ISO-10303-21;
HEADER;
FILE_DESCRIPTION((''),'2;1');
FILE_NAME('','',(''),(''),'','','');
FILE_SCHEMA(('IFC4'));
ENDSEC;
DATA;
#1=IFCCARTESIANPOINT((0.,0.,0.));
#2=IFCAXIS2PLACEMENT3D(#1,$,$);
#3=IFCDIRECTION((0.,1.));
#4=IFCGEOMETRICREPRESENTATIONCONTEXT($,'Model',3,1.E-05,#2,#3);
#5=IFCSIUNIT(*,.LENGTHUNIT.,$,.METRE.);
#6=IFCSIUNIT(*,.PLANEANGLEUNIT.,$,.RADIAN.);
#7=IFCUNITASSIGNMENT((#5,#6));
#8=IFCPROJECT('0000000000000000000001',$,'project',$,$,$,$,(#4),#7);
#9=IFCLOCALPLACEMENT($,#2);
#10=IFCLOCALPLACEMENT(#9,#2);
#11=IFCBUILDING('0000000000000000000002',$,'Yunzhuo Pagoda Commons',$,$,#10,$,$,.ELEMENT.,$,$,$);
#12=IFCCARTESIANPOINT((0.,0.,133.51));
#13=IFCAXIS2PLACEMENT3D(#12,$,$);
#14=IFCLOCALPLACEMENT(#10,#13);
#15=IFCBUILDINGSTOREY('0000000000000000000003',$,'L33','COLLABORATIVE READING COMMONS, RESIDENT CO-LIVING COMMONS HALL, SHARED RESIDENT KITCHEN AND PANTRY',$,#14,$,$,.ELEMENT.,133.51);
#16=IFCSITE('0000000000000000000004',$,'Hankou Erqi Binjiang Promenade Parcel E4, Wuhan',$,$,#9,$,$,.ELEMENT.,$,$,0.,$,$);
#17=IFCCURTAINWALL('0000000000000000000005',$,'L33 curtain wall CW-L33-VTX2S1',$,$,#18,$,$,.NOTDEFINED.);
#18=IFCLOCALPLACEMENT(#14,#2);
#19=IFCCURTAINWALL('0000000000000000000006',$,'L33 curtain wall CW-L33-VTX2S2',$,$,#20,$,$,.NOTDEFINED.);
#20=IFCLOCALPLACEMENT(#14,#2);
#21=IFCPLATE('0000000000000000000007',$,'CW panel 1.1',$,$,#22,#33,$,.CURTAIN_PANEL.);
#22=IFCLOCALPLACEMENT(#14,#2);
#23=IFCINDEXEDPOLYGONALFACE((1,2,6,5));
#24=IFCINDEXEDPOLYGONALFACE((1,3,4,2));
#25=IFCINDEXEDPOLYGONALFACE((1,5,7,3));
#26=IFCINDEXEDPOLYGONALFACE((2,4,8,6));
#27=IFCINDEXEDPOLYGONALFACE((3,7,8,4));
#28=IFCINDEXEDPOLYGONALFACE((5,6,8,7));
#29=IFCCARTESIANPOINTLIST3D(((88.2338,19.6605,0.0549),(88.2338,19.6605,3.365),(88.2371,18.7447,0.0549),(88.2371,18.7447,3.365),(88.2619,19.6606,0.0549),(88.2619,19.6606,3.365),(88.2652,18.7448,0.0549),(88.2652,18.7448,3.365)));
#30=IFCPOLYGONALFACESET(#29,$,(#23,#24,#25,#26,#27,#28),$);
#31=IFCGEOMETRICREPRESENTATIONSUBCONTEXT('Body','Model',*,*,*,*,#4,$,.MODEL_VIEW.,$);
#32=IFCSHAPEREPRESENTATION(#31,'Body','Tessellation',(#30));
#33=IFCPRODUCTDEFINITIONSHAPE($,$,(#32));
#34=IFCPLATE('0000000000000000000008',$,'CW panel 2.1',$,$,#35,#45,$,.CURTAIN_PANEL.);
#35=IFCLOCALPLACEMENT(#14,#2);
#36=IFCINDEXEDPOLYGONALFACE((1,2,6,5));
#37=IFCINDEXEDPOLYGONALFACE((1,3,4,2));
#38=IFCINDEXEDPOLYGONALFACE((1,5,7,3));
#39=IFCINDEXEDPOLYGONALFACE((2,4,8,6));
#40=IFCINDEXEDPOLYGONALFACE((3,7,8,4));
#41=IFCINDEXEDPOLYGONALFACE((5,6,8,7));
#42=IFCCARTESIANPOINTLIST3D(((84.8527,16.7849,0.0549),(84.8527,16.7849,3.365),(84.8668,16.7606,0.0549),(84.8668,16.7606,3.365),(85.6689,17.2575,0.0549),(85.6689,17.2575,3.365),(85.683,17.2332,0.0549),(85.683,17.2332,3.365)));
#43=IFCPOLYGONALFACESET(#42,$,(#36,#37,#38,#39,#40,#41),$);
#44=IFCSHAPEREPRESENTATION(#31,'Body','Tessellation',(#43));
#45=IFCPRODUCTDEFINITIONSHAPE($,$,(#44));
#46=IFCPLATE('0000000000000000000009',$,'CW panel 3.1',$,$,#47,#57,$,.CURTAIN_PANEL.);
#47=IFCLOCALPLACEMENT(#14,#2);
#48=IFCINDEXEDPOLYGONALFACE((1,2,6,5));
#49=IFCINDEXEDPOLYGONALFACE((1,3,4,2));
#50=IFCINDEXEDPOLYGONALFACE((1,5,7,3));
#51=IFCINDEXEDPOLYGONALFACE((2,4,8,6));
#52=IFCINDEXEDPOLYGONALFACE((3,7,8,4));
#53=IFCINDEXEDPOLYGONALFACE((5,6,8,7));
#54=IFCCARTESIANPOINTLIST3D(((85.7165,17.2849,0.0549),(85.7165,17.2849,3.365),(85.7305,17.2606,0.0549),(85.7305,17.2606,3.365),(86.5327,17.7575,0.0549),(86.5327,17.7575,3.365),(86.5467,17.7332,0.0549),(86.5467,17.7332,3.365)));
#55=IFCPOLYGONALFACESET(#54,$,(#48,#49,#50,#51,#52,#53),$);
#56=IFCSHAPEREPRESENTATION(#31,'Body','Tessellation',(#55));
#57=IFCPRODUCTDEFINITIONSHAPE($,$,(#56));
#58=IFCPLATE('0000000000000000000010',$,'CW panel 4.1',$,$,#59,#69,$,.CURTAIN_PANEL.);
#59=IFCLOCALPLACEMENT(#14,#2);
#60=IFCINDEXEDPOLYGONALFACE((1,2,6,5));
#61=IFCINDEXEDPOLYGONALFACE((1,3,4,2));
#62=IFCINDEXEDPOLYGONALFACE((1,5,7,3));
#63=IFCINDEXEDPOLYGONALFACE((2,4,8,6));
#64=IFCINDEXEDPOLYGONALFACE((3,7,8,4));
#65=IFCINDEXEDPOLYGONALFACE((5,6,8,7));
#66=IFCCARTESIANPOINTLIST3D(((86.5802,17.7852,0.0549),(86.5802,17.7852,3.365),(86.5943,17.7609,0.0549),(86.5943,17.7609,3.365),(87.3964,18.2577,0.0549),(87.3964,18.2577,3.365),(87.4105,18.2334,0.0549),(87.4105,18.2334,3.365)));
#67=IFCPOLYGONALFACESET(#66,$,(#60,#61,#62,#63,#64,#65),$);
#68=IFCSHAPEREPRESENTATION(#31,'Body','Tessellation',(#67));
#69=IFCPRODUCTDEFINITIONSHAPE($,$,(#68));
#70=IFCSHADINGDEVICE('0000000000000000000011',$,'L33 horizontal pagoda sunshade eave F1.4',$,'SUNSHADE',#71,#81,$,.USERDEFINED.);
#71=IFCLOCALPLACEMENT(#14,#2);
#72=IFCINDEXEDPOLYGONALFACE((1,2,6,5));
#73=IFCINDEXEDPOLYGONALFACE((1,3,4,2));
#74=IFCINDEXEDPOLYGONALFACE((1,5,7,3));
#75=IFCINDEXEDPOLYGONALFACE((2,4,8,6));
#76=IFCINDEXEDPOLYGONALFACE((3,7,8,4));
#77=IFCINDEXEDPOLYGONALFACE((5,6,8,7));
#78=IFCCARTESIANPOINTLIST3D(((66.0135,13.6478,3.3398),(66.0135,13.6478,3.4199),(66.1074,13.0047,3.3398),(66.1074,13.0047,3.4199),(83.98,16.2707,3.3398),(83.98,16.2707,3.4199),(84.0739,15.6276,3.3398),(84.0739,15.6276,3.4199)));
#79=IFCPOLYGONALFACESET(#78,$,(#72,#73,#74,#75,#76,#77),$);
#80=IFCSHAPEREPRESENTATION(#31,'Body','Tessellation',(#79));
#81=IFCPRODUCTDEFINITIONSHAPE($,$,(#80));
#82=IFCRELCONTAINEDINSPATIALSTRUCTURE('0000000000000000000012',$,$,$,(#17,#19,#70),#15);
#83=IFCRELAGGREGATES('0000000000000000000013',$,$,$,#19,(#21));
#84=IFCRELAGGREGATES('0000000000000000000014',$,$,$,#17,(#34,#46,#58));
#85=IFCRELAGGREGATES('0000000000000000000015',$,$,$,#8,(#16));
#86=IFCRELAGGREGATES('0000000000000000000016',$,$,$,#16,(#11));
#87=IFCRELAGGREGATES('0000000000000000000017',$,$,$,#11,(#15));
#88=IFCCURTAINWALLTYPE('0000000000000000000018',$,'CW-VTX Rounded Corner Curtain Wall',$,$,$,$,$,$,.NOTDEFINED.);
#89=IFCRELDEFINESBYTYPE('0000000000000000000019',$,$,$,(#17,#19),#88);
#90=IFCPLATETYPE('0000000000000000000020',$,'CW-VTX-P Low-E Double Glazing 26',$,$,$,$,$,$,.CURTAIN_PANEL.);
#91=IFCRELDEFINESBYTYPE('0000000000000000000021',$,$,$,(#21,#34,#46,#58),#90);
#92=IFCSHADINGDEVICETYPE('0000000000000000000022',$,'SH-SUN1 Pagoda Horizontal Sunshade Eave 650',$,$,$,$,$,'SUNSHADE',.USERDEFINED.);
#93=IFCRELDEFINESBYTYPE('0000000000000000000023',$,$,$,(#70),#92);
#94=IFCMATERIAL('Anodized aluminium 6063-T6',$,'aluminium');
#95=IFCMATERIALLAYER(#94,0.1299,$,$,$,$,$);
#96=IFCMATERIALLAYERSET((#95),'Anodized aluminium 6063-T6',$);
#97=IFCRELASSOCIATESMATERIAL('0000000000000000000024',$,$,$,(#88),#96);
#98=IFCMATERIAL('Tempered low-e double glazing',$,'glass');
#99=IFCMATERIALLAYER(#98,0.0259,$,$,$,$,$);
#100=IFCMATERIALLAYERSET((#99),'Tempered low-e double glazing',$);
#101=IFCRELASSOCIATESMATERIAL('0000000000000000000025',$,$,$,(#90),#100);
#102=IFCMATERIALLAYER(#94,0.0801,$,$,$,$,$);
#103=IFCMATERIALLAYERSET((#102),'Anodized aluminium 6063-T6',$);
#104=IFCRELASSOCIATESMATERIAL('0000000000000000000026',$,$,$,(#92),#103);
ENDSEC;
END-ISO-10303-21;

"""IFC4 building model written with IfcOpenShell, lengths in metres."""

from ifc_helpers import new_model, si_unit, direction, frame, origin, origin_2d, place, context, subcontext, project, spatial, rectangle, extrude, source, transform, mapped, material, layer, layer_set, type_object, element, aggregate, save


model = new_model("IFC4")

# Units and contexts
model_context = context("Model", 3, precision=1e-05, world=origin(), true_north=direction((0.0, 1.0)))
body_context = subcontext(model_context, "Body", "Model", "MODEL_VIEW")
ifc_project = project(units=[si_unit("LENGTHUNIT", "METRE"), si_unit("PLANEANGLEUNIT", "RADIAN")], contexts=[model_context])

# Site, building, storey
site_placement = place(None, origin())
site = spatial("IfcSite", under=ifc_project, at=site_placement, Name="Hankou Erqi Binjiang Promenade Parcel E4, Wuhan", CompositionType="ELEMENT", RefElevation=0.0)
building_placement = place(site_placement, origin())
building = spatial("IfcBuilding", under=site, at=building_placement, Name="Yunzhuo Pagoda Commons", CompositionType="ELEMENT")
storey_placement = place(building_placement, frame((0.0, 0.0, 133.51)))
storey = spatial("IfcBuildingStorey", under=building, at=storey_placement, Name="L33", Description="COLLABORATIVE READING COMMONS, RESIDENT CO-LIVING COMMONS HALL, SHARED RESIDENT KITCHEN AND PANTRY", CompositionType="ELEMENT", Elevation=133.51)

# Shared definitions
ifc_material_1 = material(Name="Anodized aluminium 6063-T6", Category="aluminium")

# Curtain wall
ifc_layer_1 = layer(ifc_material_1, 0.1299)
ifc_layer_set_1 = layer_set([ifc_layer_1], Name="Anodized aluminium 6063-T6")
curtain_wall_type_1 = type_object("IfcCurtainWallType", Name="CW-VTX Rounded Corner Curtain Wall", PredefinedType="NOTDEFINED", material=ifc_layer_set_1)
curtain_wall_1_placement = place(storey_placement, origin())
curtain_wall_1 = element("IfcCurtainWall", 1, at=curtain_wall_1_placement, inside=storey, type_object=curtain_wall_type_1, Name="L33 curtain wall CW-L33-VTX2S1", PredefinedType="NOTDEFINED")

# Curtain wall
curtain_wall_2_placement = place(storey_placement, origin())
curtain_wall_2 = element("IfcCurtainWall", 2, at=curtain_wall_2_placement, inside=storey, type_object=curtain_wall_type_1, Name="L33 curtain wall CW-L33-VTX2S2", PredefinedType="NOTDEFINED")

# Plates
ifc_material_2 = material(Name="Tempered low-e double glazing", Category="glass")
ifc_layer_2 = layer(ifc_material_2, 0.0259)
ifc_layer_set_2 = layer_set([ifc_layer_2], Name="Tempered low-e double glazing")
plate_type = type_object("IfcPlateType", Name="CW-VTX-P Low-E Double Glazing 26", PredefinedType="CURTAIN_PANEL", material=ifc_layer_set_2)
shared_shape_1 = source(origin(), body_context, "Body", "SweptSolid", [
    extrude(rectangle(XDim=0.9158, YDim=0.0281, at=origin_2d()), origin(), (0.0, 0.0, 1.0), 3.3101),
])
plate_1_placement = place(storey_placement, frame((88.2495, 19.2026, 0.0549), z_axis=(0.0, 0.0, 1.0), x_axis=(-0.003587, 0.999994, 0.0)))
plate_1 = element("IfcPlate", 3, at=plate_1_placement, type_object=plate_type, Name="CW panel 1.1", PredefinedType="CURTAIN_PANEL", context=body_context, shape_type="MappedRepresentation", body=[
    mapped(shared_shape_1, transform((0.0, 0.0, 0.0), scale=1.0)),
])
aggregate(curtain_wall_2, [plate_1])
shared_shape_2 = source(origin(), body_context, "Body", "SweptSolid", [
    extrude(rectangle(XDim=0.9431, YDim=0.0281, at=origin_2d()), origin(), (0.0, 0.0, 1.0), 3.3101),
])
plate_2_placement = place(storey_placement, frame((85.2678, 17.009, 0.0549), z_axis=(0.0, 0.0, 1.0), x_axis=(0.865425, 0.501038, 0.0)))
plate_2 = element("IfcPlate", 4, at=plate_2_placement, type_object=plate_type, Name="CW panel 2.1", PredefinedType="CURTAIN_PANEL", context=body_context, shape_type="MappedRepresentation", body=[
    mapped(shared_shape_2, transform((0.0, 0.0, 0.0), scale=1.0)),
])
plate_3_placement = place(storey_placement, frame((86.1316, 17.509, 0.0549), z_axis=(0.0, 0.0, 1.0), x_axis=(0.865425, 0.501038, 0.0)))
plate_3 = element("IfcPlate", 5, at=plate_3_placement, type_object=plate_type, Name="CW panel 3.1", PredefinedType="CURTAIN_PANEL", context=body_context, shape_type="MappedRepresentation", body=[
    mapped(shared_shape_2, transform((0.0, 0.0, 0.0), scale=1.0)),
])
plate_4_placement = place(storey_placement, frame((86.9954, 18.0093, 0.0549), z_axis=(0.0, 0.0, 1.0), x_axis=(0.865425, 0.501038, 0.0)))
plate_4 = element("IfcPlate", 6, at=plate_4_placement, type_object=plate_type, Name="CW panel 4.1", PredefinedType="CURTAIN_PANEL", context=body_context, shape_type="MappedRepresentation", body=[
    mapped(shared_shape_2, transform((0.0, 0.0, 0.0), scale=1.0)),
])
aggregate(curtain_wall_1, [plate_2, plate_3, plate_4])

# Shading device
ifc_layer_3 = layer(ifc_material_1, 0.0801)
ifc_layer_set_3 = layer_set([ifc_layer_3], Name="Anodized aluminium 6063-T6")
shading_device_type = type_object("IfcShadingDeviceType", Name="SH-SUN1 Pagoda Horizontal Sunshade Eave 650", ElementType="SUNSHADE", PredefinedType="USERDEFINED", material=ifc_layer_set_3)
shared_shape_3 = source(origin(), body_context, "Body", "SweptSolid", [
    extrude(rectangle(XDim=18.157, YDim=0.6499, at=origin_2d()), origin(), (0.0, 0.0, 1.0), 0.0801),
])
shading_device_placement = place(storey_placement, frame((75.0437, 14.6377, 3.3398), z_axis=(0.0, 0.0, 1.0), x_axis=(0.989511, 0.14446, 0.0)))
element("IfcShadingDevice", 7, at=shading_device_placement, inside=storey, type_object=shading_device_type, Name="L33 horizontal pagoda sunshade eave F1.4", ObjectType="SUNSHADE", PredefinedType="USERDEFINED", context=body_context, shape_type="MappedRepresentation", body=[
    mapped(shared_shape_3, transform((0.0, 0.0, 0.0), scale=1.0)),
])

save(model, "model.ifc")
